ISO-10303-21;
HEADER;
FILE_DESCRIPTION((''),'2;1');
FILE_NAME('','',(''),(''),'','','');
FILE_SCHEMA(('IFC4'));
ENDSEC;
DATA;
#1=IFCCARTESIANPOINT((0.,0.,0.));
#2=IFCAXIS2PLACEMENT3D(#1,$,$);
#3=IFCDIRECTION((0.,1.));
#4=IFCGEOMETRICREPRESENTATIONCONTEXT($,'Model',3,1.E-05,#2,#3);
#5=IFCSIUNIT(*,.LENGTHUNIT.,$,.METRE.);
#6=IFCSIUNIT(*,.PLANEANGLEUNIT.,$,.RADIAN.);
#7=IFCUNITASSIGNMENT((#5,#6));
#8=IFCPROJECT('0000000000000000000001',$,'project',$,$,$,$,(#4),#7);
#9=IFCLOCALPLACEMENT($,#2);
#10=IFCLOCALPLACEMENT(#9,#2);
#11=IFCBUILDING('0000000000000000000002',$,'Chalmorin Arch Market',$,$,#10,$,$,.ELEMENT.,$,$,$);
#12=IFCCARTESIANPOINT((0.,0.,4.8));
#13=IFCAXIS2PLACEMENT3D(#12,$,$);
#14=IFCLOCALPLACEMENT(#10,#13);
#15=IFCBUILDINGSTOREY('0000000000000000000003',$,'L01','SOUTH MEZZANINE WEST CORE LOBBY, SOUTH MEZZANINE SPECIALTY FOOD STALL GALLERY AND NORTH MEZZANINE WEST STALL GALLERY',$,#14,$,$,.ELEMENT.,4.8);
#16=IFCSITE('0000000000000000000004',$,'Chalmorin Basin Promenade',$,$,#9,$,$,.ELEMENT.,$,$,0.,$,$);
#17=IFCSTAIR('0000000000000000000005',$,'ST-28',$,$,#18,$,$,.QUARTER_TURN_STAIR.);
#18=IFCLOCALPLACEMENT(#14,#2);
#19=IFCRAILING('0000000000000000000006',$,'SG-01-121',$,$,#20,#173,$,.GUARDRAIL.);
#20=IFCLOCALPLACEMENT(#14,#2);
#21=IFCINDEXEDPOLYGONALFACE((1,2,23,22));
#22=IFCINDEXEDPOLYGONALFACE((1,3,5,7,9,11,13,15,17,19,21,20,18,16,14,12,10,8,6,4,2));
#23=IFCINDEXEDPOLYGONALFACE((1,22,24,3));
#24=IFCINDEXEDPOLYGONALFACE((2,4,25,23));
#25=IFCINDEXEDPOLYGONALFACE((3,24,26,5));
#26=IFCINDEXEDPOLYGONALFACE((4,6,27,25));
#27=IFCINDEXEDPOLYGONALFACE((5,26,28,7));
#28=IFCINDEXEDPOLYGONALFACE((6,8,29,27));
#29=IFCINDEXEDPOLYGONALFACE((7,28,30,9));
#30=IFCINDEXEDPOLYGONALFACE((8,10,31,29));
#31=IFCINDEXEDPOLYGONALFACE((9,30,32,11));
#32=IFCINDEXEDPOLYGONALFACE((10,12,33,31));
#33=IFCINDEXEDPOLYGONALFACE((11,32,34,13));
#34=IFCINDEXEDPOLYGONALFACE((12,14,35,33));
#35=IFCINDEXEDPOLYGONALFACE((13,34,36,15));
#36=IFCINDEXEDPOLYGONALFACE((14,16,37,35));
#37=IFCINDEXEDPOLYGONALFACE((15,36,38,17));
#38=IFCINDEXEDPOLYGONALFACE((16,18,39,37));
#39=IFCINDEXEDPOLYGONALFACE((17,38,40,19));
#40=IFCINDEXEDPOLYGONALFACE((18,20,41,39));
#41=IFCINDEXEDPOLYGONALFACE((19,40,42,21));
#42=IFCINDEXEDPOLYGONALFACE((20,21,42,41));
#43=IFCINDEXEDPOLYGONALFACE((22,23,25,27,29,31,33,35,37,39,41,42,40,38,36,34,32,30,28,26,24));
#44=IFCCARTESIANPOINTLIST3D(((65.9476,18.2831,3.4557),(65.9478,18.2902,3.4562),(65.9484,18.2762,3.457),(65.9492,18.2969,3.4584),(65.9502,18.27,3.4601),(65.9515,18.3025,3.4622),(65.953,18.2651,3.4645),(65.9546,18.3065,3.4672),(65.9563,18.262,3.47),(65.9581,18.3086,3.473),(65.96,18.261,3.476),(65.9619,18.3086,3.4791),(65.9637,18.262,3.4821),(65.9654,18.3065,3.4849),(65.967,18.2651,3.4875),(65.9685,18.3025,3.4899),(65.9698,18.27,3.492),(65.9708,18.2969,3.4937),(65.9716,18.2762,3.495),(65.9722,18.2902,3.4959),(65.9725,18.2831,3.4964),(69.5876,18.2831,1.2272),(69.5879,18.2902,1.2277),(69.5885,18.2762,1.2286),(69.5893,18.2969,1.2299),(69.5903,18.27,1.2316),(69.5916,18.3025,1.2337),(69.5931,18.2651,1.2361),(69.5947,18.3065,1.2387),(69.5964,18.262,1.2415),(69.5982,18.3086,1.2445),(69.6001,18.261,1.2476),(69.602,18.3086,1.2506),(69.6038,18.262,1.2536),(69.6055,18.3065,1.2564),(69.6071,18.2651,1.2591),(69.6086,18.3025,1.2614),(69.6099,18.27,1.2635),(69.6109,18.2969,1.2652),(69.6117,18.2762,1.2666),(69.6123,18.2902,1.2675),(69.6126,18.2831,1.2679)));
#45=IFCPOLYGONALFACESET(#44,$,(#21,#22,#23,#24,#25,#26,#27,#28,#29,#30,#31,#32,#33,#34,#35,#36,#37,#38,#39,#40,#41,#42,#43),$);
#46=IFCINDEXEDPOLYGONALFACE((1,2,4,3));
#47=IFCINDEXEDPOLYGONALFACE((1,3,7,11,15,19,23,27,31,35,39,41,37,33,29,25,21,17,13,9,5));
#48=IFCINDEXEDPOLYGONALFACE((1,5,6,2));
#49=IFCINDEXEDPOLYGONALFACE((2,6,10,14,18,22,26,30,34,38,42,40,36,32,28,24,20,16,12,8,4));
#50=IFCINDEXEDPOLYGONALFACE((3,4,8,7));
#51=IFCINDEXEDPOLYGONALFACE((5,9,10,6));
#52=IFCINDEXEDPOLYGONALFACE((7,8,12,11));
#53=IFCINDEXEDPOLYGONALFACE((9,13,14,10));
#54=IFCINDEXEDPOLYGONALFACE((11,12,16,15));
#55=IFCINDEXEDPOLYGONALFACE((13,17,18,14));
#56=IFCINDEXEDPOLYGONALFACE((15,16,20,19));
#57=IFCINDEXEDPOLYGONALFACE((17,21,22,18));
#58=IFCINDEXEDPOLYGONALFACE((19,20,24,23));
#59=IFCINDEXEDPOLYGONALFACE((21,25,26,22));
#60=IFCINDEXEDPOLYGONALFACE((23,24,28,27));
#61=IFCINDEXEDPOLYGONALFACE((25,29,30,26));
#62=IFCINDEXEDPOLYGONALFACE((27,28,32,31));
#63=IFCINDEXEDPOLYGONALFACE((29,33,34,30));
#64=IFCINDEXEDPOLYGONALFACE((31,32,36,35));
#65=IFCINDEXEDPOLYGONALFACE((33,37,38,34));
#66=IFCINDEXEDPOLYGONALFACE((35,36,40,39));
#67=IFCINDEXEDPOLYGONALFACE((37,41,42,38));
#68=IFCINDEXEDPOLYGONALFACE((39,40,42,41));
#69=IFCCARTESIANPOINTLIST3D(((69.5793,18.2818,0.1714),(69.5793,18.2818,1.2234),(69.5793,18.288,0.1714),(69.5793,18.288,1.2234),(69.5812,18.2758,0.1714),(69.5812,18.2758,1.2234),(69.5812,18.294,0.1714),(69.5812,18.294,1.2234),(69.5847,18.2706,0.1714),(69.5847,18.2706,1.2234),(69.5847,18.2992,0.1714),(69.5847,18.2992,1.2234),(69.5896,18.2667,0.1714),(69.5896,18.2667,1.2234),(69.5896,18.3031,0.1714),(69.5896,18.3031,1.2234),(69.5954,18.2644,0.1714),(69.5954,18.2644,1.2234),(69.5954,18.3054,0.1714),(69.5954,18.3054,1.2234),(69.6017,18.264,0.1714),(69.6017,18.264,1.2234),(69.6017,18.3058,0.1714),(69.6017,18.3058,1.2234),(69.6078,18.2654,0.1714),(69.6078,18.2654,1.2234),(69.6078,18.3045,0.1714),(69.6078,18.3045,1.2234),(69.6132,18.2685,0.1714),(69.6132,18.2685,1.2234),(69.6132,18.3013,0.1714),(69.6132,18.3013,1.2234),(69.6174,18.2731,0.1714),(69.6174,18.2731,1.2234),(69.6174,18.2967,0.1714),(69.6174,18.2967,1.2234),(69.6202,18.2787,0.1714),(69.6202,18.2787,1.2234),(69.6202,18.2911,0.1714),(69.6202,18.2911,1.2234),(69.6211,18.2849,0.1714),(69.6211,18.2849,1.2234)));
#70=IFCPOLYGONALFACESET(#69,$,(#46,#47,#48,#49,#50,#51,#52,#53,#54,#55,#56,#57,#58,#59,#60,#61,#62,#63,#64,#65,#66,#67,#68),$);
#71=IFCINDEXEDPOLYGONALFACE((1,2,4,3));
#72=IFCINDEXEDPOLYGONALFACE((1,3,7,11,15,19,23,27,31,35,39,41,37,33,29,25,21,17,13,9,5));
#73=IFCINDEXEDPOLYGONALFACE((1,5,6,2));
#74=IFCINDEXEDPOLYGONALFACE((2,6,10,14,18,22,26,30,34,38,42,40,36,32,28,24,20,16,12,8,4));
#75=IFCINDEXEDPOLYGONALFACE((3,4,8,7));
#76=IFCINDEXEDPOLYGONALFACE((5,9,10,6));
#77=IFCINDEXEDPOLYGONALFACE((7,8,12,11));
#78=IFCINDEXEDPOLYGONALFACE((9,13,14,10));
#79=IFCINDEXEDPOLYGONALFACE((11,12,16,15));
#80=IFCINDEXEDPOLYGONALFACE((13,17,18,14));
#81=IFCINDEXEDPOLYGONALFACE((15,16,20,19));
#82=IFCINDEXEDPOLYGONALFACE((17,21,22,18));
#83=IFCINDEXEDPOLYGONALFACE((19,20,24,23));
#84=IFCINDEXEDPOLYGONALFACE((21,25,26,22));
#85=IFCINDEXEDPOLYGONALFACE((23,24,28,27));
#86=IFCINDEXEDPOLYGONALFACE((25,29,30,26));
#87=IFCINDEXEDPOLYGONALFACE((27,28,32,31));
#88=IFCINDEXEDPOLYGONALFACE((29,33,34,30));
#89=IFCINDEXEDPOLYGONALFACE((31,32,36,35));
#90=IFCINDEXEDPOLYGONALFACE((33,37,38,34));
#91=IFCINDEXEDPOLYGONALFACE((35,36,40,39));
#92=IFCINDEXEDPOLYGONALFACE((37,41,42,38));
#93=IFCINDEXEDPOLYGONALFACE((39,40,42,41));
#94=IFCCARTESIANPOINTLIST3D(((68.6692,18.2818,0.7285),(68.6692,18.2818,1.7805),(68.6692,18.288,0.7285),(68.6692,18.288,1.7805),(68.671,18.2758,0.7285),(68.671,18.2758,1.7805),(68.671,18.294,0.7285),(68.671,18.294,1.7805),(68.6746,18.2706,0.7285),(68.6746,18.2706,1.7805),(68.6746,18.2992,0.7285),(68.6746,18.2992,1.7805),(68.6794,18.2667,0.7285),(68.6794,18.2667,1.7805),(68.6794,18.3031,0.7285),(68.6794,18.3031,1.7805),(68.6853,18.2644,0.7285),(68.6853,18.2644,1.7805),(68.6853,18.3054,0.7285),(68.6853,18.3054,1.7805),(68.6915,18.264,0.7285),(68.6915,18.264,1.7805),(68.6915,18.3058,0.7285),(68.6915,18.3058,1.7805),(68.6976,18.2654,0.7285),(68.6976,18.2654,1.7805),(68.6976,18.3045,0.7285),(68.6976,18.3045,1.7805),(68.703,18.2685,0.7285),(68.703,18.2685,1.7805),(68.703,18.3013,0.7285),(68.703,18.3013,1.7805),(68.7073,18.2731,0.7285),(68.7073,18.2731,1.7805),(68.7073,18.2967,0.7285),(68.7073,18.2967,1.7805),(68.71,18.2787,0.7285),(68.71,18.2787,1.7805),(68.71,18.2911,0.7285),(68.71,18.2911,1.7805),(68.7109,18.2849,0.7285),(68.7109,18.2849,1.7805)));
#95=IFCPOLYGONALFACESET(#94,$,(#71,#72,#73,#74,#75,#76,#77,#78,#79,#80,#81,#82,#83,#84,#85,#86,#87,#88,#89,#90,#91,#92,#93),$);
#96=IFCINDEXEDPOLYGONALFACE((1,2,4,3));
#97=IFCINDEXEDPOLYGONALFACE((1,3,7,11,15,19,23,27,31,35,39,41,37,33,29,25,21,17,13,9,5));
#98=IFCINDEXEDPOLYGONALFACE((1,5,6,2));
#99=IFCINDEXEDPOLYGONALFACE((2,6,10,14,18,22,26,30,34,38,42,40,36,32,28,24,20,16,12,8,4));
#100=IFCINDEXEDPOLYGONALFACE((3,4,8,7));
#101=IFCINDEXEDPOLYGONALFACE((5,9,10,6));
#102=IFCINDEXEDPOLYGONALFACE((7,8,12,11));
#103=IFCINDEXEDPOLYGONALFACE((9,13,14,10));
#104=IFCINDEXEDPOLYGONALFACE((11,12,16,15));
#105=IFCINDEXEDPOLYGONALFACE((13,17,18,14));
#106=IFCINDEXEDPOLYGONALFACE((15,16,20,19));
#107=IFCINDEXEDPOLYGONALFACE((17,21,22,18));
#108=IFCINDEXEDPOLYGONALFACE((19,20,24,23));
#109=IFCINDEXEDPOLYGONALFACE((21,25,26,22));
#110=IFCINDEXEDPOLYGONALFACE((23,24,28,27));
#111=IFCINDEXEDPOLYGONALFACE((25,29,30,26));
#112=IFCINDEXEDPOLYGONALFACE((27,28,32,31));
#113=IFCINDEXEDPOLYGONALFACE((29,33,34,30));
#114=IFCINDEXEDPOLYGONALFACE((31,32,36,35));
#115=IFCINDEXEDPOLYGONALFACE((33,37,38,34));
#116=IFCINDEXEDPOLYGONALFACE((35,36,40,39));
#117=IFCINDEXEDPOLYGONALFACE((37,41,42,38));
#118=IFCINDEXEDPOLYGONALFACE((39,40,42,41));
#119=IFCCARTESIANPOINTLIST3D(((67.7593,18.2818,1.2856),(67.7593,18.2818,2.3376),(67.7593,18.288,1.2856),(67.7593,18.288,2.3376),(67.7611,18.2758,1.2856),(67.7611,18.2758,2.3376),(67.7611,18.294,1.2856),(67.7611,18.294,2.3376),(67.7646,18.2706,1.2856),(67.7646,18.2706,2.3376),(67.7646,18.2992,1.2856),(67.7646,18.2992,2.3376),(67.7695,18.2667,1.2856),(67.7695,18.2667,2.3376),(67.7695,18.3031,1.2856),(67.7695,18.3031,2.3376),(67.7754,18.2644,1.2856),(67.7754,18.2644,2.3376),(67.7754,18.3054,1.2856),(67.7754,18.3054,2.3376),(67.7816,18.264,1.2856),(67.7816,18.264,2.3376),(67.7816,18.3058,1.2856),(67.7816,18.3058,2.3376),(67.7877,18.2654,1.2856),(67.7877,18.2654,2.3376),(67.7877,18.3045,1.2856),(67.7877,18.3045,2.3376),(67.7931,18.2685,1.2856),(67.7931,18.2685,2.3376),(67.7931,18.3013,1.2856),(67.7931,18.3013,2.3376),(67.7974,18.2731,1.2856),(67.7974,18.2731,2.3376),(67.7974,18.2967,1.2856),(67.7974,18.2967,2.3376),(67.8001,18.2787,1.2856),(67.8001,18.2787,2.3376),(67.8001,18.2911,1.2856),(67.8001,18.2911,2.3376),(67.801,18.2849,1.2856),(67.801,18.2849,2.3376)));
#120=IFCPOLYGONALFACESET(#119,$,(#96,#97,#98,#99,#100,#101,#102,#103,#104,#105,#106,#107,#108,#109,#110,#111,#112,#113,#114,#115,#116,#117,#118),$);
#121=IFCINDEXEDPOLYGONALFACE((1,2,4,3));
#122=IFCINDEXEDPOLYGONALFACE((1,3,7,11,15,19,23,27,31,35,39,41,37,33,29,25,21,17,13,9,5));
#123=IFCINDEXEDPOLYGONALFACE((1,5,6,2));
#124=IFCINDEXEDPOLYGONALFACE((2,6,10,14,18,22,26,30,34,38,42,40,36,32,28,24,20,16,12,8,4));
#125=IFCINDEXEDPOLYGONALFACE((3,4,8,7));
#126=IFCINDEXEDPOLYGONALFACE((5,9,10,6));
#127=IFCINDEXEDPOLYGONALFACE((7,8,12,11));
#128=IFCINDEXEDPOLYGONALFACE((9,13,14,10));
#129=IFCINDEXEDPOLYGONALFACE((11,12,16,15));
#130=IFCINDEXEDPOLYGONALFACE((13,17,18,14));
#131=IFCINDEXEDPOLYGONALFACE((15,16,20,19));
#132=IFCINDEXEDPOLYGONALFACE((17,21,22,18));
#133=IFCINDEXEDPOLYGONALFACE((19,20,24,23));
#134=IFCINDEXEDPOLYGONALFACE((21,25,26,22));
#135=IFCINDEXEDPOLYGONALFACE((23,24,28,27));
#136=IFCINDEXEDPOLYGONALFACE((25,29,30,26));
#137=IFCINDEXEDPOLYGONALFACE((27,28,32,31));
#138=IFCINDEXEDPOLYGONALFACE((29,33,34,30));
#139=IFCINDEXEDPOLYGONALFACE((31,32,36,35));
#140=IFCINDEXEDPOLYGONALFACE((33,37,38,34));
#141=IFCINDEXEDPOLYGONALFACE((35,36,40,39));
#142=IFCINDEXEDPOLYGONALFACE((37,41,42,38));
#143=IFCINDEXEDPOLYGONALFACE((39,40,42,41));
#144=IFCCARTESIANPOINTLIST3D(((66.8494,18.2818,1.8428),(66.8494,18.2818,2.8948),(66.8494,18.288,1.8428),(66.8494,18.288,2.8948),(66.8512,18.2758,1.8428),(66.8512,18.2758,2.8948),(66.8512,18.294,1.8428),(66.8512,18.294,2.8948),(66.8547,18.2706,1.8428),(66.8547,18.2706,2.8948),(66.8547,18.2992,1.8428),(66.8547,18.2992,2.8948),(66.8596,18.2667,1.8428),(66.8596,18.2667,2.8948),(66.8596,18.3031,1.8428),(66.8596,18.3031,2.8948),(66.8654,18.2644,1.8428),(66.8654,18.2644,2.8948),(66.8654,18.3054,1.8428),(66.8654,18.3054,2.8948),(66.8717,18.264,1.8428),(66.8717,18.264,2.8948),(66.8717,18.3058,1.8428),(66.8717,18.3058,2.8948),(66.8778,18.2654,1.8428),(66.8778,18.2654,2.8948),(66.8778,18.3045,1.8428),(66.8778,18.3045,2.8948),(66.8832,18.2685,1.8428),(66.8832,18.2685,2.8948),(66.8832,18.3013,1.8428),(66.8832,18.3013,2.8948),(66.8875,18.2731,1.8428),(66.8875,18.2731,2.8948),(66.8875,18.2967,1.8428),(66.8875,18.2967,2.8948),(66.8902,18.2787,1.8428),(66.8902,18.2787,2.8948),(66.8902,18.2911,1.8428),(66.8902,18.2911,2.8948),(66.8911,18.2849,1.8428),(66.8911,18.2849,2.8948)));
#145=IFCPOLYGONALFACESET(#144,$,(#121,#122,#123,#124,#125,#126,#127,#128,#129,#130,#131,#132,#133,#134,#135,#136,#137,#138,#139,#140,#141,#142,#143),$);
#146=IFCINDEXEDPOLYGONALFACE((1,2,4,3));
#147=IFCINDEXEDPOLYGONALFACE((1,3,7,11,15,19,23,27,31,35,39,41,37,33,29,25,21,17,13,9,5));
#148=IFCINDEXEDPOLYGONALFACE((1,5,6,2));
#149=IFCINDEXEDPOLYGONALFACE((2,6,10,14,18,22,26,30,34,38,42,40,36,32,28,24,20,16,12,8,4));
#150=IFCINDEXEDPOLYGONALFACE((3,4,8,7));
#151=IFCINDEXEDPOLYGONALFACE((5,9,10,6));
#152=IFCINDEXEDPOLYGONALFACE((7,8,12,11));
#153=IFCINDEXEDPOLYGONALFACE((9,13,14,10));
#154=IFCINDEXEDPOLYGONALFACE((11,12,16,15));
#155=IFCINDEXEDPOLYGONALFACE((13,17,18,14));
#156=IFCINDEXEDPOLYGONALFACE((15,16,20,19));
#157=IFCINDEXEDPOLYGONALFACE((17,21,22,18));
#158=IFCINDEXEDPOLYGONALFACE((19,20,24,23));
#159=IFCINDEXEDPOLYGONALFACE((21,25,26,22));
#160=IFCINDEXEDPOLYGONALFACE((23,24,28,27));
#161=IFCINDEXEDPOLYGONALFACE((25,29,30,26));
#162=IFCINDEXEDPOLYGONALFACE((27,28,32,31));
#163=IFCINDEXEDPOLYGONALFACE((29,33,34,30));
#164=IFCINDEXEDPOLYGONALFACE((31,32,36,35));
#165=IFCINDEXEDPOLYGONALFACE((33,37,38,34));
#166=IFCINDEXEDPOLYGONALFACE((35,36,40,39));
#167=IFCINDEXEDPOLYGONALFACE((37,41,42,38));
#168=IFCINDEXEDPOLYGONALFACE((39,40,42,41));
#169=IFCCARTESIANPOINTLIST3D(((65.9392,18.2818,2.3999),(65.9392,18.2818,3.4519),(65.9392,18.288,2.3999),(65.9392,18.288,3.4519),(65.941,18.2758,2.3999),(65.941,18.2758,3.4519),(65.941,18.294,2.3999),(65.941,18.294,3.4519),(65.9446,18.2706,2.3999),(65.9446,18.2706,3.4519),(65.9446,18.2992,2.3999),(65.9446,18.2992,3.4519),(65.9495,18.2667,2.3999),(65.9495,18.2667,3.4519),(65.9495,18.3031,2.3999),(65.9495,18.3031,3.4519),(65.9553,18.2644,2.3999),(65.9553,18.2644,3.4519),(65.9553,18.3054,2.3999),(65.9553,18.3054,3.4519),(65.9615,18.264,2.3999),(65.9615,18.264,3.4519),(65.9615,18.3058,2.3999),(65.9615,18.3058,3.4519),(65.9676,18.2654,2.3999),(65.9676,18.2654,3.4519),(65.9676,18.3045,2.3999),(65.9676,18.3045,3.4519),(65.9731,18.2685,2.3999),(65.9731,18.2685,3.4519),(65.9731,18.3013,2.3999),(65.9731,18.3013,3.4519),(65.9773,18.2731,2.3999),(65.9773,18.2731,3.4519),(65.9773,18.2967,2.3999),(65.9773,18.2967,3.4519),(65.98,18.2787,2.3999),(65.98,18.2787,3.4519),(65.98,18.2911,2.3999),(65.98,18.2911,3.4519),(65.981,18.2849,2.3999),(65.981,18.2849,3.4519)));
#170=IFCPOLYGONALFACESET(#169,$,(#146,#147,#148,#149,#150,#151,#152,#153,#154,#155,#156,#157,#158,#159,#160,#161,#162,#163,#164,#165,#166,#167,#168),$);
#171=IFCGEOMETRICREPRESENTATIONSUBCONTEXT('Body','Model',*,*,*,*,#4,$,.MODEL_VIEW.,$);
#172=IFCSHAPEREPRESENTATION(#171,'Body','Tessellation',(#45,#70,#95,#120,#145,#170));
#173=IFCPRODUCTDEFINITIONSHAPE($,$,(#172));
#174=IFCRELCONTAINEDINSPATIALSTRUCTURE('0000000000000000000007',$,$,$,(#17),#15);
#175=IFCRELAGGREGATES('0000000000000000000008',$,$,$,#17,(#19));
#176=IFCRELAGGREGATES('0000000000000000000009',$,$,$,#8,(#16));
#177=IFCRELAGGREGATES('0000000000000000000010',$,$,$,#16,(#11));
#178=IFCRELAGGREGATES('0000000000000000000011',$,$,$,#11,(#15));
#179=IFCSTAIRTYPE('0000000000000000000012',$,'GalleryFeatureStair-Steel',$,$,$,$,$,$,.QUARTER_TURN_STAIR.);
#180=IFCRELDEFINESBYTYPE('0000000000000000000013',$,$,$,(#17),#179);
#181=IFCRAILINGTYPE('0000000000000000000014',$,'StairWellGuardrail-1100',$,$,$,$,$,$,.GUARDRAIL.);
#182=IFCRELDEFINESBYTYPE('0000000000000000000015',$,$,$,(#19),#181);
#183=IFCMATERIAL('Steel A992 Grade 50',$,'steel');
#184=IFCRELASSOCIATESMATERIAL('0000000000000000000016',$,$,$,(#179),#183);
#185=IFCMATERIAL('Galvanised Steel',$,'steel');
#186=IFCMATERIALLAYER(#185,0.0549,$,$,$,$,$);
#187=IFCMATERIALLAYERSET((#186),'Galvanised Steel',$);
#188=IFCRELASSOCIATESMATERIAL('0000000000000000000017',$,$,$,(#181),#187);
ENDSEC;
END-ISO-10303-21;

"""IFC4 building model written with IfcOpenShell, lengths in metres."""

from ifc_helpers import new_model, si_unit, direction, frame, origin, origin_2d, place, context, subcontext, project, spatial, circle, extrude, material, layer, layer_set, type_object, element, aggregate, save


model = new_model("IFC4")

# Units and contexts
model_context = context("Model", 3, precision=1e-05, world=origin(), true_north=direction((0.0, 1.0)))
body_context = subcontext(model_context, "Body", "Model", "MODEL_VIEW")
ifc_project = project(units=[si_unit("LENGTHUNIT", "METRE"), si_unit("PLANEANGLEUNIT", "RADIAN")], contexts=[model_context])

# Site, building, storey
site_placement = place(None, origin())
site = spatial("IfcSite", under=ifc_project, at=site_placement, Name="Chalmorin Basin Promenade", CompositionType="ELEMENT", RefElevation=0.0)
building_placement = place(site_placement, origin())
building = spatial("IfcBuilding", under=site, at=building_placement, Name="Chalmorin Arch Market", CompositionType="ELEMENT")
storey_placement = place(building_placement, frame((0.0, 0.0, 4.8)))
storey = spatial("IfcBuildingStorey", under=building, at=storey_placement, Name="L01", Description="SOUTH MEZZANINE WEST CORE LOBBY, SOUTH MEZZANINE SPECIALTY FOOD STALL GALLERY AND NORTH MEZZANINE WEST STALL GALLERY", CompositionType="ELEMENT", Elevation=4.8)

# Shared definitions
ifc_material_1 = material(Name="Steel A992 Grade 50", Category="steel")

# Stair
stair_type = type_object("IfcStairType", Name="GalleryFeatureStair-Steel", PredefinedType="QUARTER_TURN_STAIR", material=ifc_material_1)
stair_placement = place(storey_placement, origin())
stair = element("IfcStair", 1, at=stair_placement, inside=storey, type_object=stair_type, Name="ST-28", PredefinedType="QUARTER_TURN_STAIR")

# Railing
ifc_material_2 = material(Name="Galvanised Steel", Category="steel")
ifc_layer_1 = layer(ifc_material_2, 0.0549)
ifc_layer_set_1 = layer_set([ifc_layer_1], Name="Galvanised Steel")
railing_type = type_object("IfcRailingType", Name="StairWellGuardrail-1100", PredefinedType="GUARDRAIL", material=ifc_layer_set_1)
railing_1_placement = place(storey_placement, frame((69.6001, 18.2849, 0.1714)))
railing_1 = element("IfcRailing", 2, at=railing_1_placement, type_object=railing_type, Name="SG-01-121", PredefinedType="GUARDRAIL", context=body_context, shape_type="SweptSolid", body=[
    extrude(circle(Radius=0.0239, at=origin_2d()), frame((0.0, 0.0, 1.0762), z_axis=(-0.852866, 0.0, 0.52213), x_axis=(0.0, -1.0, 0.0)), (0.0, 0.0, 1.0), 4.2681),
    extrude(circle(Radius=0.021, at=origin_2d()), origin(), (0.0, 0.0, 1.0), 1.052),
    extrude(circle(Radius=0.021, at=origin_2d()), frame((-0.9102, 0.0, 0.5571)), (0.0, 0.0, 1.0), 1.052),
    extrude(circle(Radius=0.021, at=origin_2d()), frame((-1.8201, 0.0, 1.1143)), (0.0, 0.0, 1.0), 1.052),
    extrude(circle(Radius=0.021, at=origin_2d()), frame((-2.73, 0.0, 1.6714)), (0.0, 0.0, 1.0), 1.052),
    extrude(circle(Radius=0.021, at=origin_2d()), frame((-3.6401, 0.0, 2.2285)), (0.0, 0.0, 1.0), 1.052),
])
aggregate(stair, [railing_1])

save(model, "model.ifc")
